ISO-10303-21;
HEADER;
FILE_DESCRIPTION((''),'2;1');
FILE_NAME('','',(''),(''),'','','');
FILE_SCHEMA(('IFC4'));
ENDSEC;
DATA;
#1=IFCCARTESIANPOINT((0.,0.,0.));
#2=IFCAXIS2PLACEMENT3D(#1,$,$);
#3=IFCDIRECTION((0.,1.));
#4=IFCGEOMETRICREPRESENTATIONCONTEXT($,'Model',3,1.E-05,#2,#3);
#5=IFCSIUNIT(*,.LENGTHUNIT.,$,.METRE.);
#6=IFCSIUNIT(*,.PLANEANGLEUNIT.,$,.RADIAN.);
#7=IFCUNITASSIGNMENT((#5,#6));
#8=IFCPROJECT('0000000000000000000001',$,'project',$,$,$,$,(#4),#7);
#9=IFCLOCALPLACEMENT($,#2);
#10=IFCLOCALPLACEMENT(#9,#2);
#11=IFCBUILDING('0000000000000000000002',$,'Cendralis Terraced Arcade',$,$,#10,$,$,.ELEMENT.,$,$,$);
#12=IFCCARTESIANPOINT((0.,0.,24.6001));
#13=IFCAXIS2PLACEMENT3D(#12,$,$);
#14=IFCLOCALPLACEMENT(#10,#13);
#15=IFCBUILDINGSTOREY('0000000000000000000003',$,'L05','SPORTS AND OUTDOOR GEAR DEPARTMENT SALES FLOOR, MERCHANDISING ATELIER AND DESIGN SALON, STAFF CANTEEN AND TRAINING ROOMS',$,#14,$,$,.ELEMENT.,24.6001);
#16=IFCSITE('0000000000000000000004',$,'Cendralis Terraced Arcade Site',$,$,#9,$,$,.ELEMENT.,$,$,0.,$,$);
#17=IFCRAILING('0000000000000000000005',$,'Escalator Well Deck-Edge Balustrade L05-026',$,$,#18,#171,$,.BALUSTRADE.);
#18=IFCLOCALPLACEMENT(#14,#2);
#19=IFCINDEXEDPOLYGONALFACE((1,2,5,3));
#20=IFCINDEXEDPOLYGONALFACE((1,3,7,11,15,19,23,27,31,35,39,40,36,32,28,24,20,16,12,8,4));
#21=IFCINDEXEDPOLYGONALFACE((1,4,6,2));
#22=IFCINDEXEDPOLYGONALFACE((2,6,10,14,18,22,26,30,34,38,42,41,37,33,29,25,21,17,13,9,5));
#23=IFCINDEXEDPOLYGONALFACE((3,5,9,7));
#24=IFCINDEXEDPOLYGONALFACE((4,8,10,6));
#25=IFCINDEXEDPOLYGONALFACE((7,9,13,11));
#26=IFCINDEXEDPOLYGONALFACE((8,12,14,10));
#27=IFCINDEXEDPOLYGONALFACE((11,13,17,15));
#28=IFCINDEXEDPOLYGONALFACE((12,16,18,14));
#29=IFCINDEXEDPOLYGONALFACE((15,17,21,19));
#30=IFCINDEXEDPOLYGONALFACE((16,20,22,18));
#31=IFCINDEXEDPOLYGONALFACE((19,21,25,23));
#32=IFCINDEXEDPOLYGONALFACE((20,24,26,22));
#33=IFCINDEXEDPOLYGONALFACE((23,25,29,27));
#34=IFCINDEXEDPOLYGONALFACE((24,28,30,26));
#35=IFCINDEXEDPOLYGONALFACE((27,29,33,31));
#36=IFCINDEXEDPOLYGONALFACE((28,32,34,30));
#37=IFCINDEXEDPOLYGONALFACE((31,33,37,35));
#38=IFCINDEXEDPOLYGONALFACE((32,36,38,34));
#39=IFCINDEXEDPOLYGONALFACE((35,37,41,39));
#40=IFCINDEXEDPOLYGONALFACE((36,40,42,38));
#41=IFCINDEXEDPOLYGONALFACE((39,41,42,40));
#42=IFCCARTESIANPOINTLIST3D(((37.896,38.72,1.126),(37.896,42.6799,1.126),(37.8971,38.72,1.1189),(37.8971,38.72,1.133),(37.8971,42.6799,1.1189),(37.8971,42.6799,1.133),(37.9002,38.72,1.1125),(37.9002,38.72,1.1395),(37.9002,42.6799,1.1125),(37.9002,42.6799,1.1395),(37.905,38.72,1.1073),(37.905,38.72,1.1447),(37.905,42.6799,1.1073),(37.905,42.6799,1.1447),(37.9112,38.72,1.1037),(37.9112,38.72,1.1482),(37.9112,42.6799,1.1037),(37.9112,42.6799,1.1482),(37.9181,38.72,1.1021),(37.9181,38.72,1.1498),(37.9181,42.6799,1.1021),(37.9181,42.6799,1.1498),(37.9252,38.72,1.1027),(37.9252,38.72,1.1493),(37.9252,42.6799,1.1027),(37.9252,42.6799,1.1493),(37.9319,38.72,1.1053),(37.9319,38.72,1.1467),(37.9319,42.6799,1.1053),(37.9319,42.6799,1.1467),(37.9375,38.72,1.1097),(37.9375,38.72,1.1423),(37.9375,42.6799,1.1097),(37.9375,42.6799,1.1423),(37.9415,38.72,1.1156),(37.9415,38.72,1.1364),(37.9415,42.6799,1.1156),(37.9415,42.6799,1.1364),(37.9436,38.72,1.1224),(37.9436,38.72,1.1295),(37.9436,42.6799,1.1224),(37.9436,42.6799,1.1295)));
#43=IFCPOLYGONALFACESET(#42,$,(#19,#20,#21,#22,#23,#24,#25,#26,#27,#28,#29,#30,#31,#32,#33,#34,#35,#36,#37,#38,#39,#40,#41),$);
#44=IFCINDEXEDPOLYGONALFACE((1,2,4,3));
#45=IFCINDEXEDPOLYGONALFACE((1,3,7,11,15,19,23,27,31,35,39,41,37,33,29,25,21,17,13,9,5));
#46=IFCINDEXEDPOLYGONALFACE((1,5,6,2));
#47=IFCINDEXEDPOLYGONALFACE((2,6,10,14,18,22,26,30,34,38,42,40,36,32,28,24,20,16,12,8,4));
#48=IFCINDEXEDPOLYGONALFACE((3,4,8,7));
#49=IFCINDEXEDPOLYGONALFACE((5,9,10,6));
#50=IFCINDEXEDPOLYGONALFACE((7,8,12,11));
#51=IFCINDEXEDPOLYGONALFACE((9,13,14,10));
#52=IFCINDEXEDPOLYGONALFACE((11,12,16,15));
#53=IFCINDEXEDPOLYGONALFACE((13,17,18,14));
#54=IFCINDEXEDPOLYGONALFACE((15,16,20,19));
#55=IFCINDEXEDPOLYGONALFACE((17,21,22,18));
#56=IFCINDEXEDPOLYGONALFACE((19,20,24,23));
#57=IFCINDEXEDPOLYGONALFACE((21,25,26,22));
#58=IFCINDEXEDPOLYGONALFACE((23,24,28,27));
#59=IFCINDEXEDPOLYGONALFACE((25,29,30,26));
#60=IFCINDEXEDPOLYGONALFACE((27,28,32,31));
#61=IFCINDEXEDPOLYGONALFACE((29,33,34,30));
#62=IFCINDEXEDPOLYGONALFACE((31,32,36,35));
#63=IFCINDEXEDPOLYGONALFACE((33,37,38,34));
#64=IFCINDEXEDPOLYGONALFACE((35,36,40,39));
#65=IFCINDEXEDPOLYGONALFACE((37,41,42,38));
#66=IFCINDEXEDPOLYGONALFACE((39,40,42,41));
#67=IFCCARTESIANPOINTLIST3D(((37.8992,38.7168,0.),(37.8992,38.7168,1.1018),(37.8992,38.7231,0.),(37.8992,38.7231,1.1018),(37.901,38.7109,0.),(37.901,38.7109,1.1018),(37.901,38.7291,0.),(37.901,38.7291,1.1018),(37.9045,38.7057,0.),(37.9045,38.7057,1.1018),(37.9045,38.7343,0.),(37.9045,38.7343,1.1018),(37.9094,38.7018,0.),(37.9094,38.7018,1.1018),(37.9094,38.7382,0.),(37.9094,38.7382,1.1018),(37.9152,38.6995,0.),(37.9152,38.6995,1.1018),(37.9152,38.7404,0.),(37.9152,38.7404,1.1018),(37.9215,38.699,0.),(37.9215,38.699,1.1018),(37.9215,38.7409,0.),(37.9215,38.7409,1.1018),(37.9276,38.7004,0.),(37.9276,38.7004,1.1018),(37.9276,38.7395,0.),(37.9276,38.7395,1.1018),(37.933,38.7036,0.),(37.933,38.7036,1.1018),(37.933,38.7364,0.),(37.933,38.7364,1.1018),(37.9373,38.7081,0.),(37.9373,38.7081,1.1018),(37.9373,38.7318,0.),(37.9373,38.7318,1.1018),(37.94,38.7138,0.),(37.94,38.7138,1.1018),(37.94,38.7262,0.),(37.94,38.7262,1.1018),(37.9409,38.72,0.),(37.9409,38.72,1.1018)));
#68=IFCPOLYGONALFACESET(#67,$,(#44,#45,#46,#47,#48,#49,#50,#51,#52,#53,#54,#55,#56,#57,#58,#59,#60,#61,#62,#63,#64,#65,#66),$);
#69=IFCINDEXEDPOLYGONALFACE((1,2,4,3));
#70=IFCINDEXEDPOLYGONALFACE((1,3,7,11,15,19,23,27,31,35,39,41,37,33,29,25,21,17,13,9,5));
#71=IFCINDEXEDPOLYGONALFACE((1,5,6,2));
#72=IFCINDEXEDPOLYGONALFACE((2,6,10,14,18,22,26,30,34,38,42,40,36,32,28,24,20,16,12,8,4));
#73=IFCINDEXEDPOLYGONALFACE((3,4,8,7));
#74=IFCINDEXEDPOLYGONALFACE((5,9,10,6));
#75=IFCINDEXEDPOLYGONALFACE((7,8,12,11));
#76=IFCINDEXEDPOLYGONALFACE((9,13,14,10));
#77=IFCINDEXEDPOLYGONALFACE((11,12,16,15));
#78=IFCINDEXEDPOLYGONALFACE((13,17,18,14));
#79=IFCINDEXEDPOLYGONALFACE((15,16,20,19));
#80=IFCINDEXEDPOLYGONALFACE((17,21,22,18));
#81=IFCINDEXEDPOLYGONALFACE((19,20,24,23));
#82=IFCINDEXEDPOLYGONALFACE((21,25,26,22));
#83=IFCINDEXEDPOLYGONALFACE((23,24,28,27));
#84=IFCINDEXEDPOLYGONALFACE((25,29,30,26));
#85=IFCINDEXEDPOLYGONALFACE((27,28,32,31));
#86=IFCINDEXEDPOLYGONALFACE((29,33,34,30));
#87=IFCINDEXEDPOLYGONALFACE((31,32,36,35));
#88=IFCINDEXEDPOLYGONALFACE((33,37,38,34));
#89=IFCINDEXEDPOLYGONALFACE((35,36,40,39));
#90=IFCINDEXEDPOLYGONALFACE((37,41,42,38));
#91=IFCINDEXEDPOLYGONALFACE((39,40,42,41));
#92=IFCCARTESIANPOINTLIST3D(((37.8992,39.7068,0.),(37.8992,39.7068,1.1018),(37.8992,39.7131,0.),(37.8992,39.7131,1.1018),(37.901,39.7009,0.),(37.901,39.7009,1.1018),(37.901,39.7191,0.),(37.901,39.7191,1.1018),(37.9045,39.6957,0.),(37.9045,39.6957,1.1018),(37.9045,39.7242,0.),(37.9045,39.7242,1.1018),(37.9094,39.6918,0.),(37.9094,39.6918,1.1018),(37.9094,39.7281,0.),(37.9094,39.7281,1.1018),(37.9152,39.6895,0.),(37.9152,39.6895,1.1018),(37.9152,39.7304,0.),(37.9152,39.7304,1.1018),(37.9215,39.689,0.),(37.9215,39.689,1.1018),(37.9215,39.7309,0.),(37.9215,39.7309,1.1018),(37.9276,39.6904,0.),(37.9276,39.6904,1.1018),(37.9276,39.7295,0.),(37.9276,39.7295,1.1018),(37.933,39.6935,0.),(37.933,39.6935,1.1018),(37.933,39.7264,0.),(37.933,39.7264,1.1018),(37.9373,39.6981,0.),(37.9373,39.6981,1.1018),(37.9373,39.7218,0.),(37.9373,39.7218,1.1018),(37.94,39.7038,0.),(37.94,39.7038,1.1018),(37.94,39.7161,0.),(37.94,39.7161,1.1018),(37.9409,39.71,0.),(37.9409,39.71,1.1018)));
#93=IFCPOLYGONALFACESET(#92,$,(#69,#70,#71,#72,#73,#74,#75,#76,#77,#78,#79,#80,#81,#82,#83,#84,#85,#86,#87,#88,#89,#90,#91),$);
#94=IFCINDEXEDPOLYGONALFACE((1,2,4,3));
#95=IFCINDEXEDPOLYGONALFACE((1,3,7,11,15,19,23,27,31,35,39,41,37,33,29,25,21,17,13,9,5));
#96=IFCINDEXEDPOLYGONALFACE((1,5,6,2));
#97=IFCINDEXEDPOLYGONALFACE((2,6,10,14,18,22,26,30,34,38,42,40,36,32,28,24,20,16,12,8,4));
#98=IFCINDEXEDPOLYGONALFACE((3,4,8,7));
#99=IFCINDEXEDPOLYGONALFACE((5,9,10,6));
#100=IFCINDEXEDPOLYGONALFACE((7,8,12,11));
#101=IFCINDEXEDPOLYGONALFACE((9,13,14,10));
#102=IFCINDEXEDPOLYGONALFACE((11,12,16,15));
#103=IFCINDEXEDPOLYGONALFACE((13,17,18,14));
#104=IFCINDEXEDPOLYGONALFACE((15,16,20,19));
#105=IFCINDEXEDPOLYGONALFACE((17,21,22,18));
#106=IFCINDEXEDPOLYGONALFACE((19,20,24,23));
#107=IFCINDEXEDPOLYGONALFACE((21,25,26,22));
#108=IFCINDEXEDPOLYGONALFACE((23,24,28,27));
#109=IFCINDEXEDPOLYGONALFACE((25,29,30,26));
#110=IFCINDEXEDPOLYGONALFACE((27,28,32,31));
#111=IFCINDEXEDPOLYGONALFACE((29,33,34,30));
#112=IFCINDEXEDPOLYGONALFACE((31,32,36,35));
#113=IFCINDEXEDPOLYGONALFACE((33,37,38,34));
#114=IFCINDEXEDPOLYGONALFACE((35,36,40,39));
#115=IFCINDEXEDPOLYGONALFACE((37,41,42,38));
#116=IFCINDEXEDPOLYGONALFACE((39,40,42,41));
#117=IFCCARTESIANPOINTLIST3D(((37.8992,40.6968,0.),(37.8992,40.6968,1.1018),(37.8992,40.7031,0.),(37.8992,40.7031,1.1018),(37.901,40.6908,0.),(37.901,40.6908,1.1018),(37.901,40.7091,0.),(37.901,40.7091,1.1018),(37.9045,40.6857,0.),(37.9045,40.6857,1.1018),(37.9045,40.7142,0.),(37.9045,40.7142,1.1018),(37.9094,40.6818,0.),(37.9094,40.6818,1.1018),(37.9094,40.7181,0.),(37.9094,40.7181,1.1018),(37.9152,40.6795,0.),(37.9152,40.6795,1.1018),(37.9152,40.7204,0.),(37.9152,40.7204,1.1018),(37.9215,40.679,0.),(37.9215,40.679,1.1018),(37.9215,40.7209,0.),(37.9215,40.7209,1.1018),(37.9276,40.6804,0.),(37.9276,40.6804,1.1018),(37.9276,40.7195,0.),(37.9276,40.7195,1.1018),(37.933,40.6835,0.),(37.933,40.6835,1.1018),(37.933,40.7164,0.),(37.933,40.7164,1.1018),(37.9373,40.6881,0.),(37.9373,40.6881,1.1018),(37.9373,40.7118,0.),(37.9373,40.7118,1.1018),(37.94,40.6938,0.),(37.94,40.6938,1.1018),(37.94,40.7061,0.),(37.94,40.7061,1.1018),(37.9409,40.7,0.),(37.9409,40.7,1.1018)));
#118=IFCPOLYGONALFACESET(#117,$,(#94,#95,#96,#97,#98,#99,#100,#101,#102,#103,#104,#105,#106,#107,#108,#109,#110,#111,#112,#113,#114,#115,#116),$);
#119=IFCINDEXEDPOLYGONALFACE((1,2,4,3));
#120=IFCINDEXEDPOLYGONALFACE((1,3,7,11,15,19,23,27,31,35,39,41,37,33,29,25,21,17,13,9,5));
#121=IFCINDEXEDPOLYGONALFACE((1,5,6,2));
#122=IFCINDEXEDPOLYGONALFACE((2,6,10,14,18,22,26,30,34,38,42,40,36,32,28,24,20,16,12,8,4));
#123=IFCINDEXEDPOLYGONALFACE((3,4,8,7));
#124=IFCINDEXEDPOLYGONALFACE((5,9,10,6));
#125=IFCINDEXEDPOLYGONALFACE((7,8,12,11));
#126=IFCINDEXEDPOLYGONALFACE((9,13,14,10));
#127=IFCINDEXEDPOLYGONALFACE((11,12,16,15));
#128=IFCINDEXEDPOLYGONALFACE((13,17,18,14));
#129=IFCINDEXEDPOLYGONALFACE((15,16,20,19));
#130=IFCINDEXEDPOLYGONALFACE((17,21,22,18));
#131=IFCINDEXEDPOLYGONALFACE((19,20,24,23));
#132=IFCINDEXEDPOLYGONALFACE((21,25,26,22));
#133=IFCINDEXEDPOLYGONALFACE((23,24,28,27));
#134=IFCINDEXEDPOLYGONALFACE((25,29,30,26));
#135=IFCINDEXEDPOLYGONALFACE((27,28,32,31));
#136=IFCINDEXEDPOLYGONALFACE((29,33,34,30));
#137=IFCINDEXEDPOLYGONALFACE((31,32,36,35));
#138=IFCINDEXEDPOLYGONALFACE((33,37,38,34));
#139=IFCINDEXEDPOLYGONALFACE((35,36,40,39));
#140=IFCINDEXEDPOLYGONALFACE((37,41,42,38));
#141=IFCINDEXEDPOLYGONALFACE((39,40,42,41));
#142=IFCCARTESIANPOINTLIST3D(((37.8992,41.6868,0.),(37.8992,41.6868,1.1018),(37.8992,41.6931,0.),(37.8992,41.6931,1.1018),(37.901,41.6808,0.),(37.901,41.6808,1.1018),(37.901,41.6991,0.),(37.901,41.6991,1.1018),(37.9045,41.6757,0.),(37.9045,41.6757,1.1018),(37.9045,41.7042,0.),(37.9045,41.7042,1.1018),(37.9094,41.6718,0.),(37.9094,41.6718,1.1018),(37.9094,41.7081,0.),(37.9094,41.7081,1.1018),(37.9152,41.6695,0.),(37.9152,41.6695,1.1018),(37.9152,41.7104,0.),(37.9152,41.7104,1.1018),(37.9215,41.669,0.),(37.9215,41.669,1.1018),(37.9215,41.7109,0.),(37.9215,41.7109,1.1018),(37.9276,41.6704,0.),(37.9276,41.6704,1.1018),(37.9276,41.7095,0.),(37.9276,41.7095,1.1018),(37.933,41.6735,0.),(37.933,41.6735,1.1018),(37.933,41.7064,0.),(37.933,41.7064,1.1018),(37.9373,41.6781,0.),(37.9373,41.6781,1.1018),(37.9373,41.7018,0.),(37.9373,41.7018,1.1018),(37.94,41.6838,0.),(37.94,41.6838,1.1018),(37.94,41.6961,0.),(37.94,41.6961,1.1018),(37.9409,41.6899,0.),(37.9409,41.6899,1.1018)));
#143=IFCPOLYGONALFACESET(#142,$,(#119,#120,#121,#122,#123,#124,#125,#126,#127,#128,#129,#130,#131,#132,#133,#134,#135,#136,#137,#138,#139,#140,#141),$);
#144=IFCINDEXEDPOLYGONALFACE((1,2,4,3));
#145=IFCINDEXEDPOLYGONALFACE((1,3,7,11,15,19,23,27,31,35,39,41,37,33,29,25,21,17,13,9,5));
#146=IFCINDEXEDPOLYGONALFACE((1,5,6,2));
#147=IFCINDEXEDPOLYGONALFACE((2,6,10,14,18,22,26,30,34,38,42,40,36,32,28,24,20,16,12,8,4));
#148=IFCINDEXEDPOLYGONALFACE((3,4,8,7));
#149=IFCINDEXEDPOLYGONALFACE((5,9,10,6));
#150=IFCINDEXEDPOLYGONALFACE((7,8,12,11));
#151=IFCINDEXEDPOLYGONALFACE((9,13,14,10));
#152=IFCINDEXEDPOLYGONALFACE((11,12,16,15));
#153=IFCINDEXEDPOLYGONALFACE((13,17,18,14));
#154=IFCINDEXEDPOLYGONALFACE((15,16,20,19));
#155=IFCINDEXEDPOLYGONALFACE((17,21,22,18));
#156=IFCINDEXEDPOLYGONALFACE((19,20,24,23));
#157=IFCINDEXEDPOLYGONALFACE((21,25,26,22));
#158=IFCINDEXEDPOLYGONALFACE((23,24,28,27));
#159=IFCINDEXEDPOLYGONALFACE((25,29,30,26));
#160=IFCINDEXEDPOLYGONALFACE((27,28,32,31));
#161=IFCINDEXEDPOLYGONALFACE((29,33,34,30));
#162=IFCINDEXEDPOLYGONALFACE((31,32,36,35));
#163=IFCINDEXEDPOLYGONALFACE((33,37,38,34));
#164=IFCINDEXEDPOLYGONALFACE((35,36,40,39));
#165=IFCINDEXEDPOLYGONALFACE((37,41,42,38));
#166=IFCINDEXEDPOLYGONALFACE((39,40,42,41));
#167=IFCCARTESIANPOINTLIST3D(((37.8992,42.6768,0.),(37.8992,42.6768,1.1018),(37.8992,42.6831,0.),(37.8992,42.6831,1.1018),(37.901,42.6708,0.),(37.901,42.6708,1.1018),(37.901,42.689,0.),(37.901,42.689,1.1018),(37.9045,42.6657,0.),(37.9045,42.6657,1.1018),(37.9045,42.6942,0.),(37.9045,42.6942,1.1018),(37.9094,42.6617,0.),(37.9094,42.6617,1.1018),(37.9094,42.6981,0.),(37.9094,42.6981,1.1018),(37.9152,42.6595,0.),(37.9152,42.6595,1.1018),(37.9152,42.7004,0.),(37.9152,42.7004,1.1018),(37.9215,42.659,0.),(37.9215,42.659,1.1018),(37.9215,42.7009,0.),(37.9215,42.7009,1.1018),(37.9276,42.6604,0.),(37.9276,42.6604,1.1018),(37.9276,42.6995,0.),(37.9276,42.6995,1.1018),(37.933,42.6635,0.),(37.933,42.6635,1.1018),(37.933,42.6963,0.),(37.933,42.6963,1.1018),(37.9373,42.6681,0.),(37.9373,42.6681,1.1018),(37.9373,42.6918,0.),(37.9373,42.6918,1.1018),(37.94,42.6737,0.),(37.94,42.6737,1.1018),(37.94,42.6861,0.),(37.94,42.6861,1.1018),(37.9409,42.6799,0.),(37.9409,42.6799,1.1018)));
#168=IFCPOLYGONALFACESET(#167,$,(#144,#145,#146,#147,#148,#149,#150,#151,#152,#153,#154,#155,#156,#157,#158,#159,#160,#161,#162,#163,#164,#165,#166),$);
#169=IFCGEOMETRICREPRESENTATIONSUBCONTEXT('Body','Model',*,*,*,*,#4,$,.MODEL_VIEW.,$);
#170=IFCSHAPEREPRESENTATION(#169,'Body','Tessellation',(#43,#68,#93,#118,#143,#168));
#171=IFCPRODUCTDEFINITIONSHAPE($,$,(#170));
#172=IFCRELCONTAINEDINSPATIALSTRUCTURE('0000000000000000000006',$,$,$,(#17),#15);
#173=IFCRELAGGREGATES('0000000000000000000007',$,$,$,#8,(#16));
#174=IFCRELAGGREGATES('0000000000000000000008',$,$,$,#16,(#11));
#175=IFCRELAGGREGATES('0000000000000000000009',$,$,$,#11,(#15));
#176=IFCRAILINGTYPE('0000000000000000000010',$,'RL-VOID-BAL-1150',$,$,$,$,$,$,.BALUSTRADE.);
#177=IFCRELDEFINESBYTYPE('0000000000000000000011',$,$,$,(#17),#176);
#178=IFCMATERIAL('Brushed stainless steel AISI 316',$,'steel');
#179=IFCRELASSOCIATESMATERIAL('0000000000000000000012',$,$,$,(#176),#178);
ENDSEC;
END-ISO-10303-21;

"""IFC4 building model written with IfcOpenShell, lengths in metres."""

from ifc_helpers import new_model, si_unit, direction, frame, origin, origin_2d, place, context, subcontext, project, spatial, circle, extrude, material, type_object, element, save


model = new_model("IFC4")

# Units and contexts
model_context = context("Model", 3, precision=1e-05, world=origin(), true_north=direction((0.0, 1.0)))
body_context = subcontext(model_context, "Body", "Model", "MODEL_VIEW")
ifc_project = project(units=[si_unit("LENGTHUNIT", "METRE"), si_unit("PLANEANGLEUNIT", "RADIAN")], contexts=[model_context])

# Site, building, storey
site_placement = place(None, origin())
site = spatial("IfcSite", under=ifc_project, at=site_placement, Name="Cendralis Terraced Arcade Site", CompositionType="ELEMENT", RefElevation=0.0)
building_placement = place(site_placement, origin())
building = spatial("IfcBuilding", under=site, at=building_placement, Name="Cendralis Terraced Arcade", CompositionType="ELEMENT")
storey_placement = place(building_placement, frame((0.0, 0.0, 24.6001)))
storey = spatial("IfcBuildingStorey", under=building, at=storey_placement, Name="L05", Description="SPORTS AND OUTDOOR GEAR DEPARTMENT SALES FLOOR, MERCHANDISING ATELIER AND DESIGN SALON, STAFF CANTEEN AND TRAINING ROOMS", CompositionType="ELEMENT", Elevation=24.6001)

# Railing
ifc_material_1 = material(Name="Brushed stainless steel AISI 316", Category="steel")
railing_type_1 = type_object("IfcRailingType", Name="RL-VOID-BAL-1150", PredefinedType="BALUSTRADE", material=ifc_material_1)
railing_1_placement = place(storey_placement, frame((37.9199, 38.72, 0.0)))
element("IfcRailing", 1, at=railing_1_placement, inside=storey, type_object=railing_type_1, Name="Escalator Well Deck-Edge Balustrade L05-026", PredefinedType="BALUSTRADE", context=body_context, shape_type="SweptSolid", body=[
    extrude(circle(Radius=0.0239, at=origin_2d()), frame((0.0, 0.0, 1.126), z_axis=(0.0, 1.0, 0.0), x_axis=(-1.0, 0.0, 0.0)), (0.0, 0.0, 1.0), 3.96),
    extrude(circle(Radius=0.021, at=origin_2d()), origin(), (0.0, 0.0, 1.0), 1.1018),
    extrude(circle(Radius=0.021, at=origin_2d()), frame((0.0, 0.99, 0.0)), (0.0, 0.0, 1.0), 1.1018),
    extrude(circle(Radius=0.021, at=origin_2d()), frame((0.0, 1.98, 0.0)), (0.0, 0.0, 1.0), 1.1018),
    extrude(circle(Radius=0.021, at=origin_2d()), frame((0.0, 2.97, 0.0)), (0.0, 0.0, 1.0), 1.1018),
    extrude(circle(Radius=0.021, at=origin_2d()), frame((0.0, 3.96, 0.0)), (0.0, 0.0, 1.0), 1.1018),
])

save(model, "model.ifc")
